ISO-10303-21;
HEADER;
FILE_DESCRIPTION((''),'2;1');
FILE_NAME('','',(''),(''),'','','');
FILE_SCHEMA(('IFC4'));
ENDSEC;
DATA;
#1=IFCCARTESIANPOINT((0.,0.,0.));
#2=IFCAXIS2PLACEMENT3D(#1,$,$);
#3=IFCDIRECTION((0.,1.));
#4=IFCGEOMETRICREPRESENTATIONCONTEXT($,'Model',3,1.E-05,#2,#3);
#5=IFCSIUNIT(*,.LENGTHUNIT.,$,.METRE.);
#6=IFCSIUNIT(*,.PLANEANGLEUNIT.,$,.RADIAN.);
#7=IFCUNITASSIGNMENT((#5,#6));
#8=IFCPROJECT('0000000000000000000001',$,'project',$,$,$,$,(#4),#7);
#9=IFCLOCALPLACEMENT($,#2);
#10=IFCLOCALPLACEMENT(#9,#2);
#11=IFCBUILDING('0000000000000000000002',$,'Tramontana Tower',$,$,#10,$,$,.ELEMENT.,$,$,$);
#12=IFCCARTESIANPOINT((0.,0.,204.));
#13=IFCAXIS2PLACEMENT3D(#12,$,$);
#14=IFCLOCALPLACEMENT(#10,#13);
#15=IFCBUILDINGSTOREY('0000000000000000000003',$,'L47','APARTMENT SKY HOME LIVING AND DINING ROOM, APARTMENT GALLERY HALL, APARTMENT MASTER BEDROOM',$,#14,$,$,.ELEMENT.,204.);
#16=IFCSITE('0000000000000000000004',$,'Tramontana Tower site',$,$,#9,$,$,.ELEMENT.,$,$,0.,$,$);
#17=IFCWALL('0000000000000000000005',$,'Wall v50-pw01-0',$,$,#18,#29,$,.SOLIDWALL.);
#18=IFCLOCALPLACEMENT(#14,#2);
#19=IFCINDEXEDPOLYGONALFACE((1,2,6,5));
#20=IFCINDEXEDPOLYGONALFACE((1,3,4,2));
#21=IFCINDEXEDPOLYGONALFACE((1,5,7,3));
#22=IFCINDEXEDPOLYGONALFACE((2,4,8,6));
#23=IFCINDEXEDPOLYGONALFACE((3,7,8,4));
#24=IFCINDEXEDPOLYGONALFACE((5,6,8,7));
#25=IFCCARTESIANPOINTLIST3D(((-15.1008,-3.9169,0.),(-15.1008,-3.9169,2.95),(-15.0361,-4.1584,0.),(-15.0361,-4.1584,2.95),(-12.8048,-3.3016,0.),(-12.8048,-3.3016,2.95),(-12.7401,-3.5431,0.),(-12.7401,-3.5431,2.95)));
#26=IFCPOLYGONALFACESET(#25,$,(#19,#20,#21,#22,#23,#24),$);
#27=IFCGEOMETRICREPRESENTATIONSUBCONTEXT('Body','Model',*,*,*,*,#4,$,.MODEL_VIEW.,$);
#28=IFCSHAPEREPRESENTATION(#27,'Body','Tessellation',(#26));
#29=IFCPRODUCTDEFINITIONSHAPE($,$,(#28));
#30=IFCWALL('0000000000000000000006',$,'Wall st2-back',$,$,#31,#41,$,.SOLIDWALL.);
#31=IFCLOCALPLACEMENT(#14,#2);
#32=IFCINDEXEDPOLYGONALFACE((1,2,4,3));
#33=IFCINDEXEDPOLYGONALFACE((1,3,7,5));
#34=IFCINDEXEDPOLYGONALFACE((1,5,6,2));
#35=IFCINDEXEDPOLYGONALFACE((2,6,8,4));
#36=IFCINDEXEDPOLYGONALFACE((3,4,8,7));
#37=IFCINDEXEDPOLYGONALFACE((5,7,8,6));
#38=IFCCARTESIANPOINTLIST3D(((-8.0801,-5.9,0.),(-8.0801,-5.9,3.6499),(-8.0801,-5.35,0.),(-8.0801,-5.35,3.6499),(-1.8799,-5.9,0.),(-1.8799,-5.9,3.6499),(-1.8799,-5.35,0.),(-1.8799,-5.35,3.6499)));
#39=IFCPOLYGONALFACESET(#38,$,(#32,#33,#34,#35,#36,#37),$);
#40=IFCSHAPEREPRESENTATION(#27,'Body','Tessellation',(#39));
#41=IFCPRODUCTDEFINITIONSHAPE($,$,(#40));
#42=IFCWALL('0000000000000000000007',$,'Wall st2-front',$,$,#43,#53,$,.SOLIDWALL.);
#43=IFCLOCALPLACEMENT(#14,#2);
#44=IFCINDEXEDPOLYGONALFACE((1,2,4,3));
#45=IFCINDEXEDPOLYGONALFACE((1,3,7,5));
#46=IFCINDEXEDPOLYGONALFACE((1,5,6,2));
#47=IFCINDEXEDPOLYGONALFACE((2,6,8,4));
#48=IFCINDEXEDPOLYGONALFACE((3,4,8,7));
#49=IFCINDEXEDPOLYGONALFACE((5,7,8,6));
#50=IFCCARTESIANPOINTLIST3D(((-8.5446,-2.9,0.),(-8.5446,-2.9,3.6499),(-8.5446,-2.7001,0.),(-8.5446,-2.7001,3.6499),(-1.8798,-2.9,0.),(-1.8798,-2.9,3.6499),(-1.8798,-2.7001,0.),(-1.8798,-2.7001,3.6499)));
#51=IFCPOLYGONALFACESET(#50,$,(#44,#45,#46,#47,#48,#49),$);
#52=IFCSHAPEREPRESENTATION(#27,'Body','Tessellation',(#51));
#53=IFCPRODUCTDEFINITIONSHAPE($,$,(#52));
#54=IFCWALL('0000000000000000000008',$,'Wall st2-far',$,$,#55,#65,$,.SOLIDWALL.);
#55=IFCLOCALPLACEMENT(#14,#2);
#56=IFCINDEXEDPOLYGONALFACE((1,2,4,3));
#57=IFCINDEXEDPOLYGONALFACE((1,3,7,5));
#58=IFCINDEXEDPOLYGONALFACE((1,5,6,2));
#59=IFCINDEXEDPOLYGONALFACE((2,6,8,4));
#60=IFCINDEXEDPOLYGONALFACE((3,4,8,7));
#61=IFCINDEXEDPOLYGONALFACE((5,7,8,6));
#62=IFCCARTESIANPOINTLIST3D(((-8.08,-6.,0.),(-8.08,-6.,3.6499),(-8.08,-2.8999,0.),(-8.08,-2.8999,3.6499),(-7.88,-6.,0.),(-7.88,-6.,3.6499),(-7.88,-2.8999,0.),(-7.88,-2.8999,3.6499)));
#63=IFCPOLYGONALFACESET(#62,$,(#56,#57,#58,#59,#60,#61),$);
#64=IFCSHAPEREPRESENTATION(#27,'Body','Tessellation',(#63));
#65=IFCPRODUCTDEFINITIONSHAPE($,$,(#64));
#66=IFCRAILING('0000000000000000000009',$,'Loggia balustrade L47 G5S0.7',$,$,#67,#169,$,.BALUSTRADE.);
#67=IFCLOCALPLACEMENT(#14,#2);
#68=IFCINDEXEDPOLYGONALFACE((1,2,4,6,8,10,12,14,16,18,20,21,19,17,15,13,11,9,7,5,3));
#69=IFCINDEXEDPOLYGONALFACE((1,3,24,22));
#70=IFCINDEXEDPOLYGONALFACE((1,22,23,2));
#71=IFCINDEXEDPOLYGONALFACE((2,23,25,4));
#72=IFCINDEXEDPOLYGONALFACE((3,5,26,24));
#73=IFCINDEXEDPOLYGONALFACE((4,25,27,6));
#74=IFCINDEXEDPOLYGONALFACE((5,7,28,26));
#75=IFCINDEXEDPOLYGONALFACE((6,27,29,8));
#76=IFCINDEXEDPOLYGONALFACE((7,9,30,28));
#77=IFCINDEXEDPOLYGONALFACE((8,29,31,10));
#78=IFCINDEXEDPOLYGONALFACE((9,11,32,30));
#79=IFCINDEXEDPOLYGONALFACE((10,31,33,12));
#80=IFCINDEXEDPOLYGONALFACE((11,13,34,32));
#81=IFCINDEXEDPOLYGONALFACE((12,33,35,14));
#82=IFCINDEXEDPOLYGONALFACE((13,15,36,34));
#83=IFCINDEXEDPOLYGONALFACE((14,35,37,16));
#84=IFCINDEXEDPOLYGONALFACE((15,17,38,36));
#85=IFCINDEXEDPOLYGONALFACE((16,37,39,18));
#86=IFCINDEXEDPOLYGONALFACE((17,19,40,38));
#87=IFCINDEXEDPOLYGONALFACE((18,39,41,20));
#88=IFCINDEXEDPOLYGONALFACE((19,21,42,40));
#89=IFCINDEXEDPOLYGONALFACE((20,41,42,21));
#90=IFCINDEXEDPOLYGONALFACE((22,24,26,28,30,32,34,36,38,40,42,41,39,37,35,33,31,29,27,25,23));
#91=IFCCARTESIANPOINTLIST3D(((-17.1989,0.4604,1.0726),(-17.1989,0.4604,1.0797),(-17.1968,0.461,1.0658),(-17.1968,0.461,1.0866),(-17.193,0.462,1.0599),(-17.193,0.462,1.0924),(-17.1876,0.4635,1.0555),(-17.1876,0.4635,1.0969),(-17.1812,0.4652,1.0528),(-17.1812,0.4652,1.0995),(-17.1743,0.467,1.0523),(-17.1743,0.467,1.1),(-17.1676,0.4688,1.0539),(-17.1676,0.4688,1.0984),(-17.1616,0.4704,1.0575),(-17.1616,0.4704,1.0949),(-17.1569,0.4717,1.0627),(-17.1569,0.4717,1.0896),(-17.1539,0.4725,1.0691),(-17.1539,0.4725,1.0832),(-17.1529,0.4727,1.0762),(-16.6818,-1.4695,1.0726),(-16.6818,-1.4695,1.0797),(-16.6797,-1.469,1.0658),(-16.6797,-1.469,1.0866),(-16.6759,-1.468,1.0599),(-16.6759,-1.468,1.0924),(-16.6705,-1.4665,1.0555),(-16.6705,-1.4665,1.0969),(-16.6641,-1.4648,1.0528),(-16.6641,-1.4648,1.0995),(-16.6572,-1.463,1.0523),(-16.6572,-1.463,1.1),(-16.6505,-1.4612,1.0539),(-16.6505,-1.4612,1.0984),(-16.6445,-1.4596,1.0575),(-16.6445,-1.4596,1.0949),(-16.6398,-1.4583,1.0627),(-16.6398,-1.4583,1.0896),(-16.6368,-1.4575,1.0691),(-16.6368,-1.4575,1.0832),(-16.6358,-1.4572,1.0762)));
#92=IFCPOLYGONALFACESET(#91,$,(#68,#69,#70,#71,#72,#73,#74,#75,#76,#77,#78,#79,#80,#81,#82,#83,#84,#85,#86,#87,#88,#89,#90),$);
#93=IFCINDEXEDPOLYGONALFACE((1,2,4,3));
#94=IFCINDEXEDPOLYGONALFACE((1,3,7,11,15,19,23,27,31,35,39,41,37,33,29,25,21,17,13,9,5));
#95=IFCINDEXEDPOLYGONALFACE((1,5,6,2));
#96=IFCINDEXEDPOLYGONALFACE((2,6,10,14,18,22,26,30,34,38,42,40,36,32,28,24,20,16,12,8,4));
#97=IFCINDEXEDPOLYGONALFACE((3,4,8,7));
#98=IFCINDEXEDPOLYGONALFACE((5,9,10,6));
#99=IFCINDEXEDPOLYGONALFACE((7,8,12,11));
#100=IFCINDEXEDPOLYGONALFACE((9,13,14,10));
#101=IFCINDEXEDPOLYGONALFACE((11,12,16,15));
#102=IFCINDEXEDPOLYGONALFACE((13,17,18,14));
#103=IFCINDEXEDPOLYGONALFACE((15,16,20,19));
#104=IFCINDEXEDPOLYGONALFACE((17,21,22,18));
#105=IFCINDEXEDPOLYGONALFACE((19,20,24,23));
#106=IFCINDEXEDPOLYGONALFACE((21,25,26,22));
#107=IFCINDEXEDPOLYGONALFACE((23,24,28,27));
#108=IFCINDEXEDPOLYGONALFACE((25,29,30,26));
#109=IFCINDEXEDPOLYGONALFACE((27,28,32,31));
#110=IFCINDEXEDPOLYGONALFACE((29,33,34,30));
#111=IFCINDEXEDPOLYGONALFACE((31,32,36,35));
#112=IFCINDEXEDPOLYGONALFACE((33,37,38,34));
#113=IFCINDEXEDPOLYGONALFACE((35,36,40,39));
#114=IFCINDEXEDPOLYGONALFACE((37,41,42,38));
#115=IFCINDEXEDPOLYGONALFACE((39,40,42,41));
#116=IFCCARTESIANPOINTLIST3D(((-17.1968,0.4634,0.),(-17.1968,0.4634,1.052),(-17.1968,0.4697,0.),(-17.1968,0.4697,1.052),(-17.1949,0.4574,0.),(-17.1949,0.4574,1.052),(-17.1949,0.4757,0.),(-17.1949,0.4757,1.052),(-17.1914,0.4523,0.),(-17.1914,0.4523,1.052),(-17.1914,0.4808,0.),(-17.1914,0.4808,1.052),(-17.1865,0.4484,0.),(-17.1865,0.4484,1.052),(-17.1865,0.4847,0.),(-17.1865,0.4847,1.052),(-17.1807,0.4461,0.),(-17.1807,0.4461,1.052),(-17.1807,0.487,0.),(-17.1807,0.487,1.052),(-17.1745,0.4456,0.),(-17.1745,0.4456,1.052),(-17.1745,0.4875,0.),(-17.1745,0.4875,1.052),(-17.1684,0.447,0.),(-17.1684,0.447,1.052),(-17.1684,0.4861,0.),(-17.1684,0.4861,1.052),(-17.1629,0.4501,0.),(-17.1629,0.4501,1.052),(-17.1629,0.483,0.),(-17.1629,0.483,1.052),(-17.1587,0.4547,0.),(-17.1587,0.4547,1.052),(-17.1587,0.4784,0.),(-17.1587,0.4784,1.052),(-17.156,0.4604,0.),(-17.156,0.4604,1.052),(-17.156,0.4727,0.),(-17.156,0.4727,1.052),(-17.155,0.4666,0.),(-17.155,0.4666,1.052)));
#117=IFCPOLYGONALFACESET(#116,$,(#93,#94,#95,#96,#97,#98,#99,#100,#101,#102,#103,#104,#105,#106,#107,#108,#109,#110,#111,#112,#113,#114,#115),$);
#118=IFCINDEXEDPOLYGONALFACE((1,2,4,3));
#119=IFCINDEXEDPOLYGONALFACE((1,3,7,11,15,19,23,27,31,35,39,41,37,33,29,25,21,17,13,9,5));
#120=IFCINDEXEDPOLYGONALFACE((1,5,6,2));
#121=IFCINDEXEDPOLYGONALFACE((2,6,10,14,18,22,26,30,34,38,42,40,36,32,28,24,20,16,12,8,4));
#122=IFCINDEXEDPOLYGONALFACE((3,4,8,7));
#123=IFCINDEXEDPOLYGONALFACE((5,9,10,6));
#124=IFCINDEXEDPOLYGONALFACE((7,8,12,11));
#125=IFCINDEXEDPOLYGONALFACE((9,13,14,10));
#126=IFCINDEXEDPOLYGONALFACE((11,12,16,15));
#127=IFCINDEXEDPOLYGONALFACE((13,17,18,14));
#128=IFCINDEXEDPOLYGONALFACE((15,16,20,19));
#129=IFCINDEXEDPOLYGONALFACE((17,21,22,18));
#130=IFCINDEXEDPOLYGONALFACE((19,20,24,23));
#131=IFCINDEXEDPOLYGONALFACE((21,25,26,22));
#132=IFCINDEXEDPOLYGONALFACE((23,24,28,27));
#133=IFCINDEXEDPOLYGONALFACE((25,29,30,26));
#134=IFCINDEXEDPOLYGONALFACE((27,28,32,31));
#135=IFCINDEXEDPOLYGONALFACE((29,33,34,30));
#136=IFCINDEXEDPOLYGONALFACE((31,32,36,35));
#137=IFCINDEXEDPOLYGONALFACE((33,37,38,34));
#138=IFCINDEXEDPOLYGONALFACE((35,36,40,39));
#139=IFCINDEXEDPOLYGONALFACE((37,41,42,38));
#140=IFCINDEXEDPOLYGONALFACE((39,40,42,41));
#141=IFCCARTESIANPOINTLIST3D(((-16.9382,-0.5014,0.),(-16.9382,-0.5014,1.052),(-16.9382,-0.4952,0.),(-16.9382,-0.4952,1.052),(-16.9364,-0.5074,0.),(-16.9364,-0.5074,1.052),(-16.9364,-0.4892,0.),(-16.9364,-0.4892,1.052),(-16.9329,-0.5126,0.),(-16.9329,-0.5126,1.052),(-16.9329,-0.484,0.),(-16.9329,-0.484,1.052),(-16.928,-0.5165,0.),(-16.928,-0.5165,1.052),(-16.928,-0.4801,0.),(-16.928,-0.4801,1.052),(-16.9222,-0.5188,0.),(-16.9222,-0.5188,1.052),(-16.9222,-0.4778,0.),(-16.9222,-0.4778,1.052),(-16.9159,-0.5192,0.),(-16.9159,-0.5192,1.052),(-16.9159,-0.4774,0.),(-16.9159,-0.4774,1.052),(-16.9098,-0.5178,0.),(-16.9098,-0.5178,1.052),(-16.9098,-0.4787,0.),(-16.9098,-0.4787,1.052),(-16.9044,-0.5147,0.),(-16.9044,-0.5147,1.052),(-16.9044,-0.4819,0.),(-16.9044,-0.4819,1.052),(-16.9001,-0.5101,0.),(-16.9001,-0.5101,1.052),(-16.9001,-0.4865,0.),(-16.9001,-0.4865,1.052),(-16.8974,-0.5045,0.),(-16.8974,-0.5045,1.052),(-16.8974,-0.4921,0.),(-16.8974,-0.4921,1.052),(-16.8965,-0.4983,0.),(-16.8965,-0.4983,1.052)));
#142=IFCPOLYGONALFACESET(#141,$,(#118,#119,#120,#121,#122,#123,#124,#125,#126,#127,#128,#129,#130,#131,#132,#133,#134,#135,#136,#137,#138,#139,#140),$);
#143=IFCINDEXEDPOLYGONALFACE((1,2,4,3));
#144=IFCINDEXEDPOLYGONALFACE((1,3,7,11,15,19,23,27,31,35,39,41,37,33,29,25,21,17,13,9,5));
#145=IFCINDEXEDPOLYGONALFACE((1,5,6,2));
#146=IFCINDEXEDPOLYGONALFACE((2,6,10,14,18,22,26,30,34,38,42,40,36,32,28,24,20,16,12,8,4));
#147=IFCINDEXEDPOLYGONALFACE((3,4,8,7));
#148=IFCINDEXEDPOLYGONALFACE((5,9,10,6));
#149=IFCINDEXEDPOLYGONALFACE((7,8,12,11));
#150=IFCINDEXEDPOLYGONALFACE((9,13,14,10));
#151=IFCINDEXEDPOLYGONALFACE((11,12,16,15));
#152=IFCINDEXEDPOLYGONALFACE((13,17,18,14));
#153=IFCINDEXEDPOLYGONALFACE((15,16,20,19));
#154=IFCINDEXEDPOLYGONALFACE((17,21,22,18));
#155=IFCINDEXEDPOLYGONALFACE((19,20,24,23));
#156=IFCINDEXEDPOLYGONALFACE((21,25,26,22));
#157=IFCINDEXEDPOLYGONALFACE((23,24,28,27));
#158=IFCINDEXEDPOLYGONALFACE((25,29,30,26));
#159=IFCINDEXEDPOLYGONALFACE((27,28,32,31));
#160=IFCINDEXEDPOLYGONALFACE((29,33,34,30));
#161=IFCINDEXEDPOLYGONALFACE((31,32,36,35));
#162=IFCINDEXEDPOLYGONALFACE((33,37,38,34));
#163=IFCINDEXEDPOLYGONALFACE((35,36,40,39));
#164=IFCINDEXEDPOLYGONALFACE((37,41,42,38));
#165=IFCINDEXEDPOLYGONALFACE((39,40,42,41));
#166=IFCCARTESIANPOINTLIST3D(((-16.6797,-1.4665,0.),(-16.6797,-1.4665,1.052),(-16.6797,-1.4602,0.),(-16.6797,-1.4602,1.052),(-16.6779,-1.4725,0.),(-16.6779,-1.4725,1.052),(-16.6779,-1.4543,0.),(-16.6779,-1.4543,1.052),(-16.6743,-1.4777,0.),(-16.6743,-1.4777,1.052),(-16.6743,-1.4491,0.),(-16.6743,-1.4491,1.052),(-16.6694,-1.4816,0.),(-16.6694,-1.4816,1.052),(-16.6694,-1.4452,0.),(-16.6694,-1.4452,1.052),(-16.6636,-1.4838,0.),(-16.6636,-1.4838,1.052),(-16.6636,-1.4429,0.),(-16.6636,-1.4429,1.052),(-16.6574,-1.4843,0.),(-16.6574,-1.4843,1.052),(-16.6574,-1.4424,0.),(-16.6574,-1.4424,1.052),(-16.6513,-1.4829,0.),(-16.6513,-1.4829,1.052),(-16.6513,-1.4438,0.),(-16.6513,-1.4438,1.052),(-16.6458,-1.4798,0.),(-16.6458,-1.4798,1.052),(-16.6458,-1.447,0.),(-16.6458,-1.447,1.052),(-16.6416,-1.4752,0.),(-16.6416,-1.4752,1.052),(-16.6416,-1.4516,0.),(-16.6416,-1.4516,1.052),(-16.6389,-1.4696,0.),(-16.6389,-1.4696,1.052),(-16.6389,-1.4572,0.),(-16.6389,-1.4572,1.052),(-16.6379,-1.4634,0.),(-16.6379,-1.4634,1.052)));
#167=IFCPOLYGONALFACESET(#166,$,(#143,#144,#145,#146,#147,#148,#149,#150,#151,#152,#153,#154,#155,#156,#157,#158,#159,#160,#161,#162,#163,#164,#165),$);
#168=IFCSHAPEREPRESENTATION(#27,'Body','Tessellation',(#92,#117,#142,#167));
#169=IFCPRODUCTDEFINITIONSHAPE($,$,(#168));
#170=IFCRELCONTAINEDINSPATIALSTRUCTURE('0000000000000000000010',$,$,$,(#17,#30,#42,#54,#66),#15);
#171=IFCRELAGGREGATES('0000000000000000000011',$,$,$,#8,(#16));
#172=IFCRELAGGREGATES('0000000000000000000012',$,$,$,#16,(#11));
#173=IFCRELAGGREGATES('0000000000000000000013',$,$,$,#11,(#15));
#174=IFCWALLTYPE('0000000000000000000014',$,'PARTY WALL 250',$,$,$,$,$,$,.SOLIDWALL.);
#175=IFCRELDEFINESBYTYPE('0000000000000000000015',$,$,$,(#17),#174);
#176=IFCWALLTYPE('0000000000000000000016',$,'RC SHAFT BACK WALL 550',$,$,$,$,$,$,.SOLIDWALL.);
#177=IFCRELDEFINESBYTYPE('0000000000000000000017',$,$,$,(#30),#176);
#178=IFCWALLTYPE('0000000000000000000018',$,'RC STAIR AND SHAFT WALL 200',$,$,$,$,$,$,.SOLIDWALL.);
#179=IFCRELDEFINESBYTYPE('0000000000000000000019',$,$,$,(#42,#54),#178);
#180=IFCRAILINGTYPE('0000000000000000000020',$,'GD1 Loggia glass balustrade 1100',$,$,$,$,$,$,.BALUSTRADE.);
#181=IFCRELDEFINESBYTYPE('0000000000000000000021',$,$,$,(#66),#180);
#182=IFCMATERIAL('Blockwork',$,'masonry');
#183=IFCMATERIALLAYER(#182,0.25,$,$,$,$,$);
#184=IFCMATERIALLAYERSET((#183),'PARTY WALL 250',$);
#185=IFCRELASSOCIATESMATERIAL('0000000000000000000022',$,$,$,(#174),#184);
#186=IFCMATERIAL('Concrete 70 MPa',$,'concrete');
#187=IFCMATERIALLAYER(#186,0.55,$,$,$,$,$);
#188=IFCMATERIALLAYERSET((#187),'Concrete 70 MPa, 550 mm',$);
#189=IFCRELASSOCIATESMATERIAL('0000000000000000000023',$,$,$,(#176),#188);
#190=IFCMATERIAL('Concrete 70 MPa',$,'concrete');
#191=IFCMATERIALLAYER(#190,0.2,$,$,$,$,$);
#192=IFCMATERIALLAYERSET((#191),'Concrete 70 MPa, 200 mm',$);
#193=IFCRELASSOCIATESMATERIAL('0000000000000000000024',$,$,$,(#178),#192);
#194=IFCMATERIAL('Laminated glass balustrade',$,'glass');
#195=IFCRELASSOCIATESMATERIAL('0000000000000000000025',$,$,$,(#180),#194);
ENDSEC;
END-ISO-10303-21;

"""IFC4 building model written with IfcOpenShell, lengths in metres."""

from ifc_helpers import new_model, si_unit, direction, frame, frame_2d, origin, origin_2d, place, context, subcontext, project, spatial, rectangle, circle, extrude, material, layer, layer_set, type_object, element, save


model = new_model("IFC4")

# Units and contexts
model_context = context("Model", 3, precision=1e-05, world=origin(), true_north=direction((0.0, 1.0)))
body_context = subcontext(model_context, "Body", "Model", "MODEL_VIEW")
ifc_project = project(units=[si_unit("LENGTHUNIT", "METRE"), si_unit("PLANEANGLEUNIT", "RADIAN")], contexts=[model_context])

# Site, building, storey
site_placement = place(None, origin())
site = spatial("IfcSite", under=ifc_project, at=site_placement, Name="Tramontana Tower site", CompositionType="ELEMENT", RefElevation=0.0)
building_placement = place(site_placement, origin())
building = spatial("IfcBuilding", under=site, at=building_placement, Name="Tramontana Tower", CompositionType="ELEMENT")
storey_placement = place(building_placement, frame((0.0, 0.0, 204.0)))
storey = spatial("IfcBuildingStorey", under=building, at=storey_placement, Name="L47", Description="APARTMENT SKY HOME LIVING AND DINING ROOM, APARTMENT GALLERY HALL, APARTMENT MASTER BEDROOM", CompositionType="ELEMENT", Elevation=204.0)

# Walls
ifc_material_1 = material(Name="Blockwork", Category="masonry")
ifc_layer_1 = layer(ifc_material_1, 0.25)
ifc_layer_set_1 = layer_set([ifc_layer_1], Name="PARTY WALL 250")
wall_type_1 = type_object("IfcWallType", Name="PARTY WALL 250", PredefinedType="SOLIDWALL", material=ifc_layer_set_1)
wall_1_placement = place(storey_placement, frame((-12.7725, -3.4224, 0.0), z_axis=(0.0, 0.0, 1.0), x_axis=(-0.965921, -0.258839, 0.0)))
element("IfcWall", 1, at=wall_1_placement, inside=storey, type_object=wall_type_1, Name="Wall v50-pw01-0", PredefinedType="SOLIDWALL", context=body_context, shape_type="SweptSolid", body=[
    extrude(rectangle(XDim=2.377, YDim=0.25, at=frame_2d((1.1885, 0.0))), origin(), (0.0, 0.0, 1.0), 2.95),
])
ifc_material_2 = material(Name="Concrete 70 MPa", Category="concrete")
ifc_layer_2 = layer(ifc_material_2, 0.55)
ifc_layer_set_2 = layer_set([ifc_layer_2], Name="Concrete 70 MPa, 550 mm")
wall_type_2 = type_object("IfcWallType", Name="RC SHAFT BACK WALL 550", PredefinedType="SOLIDWALL", material=ifc_layer_set_2)
wall_2_placement = place(storey_placement, frame((-8.0801, -5.625, 0.0), z_axis=(0.0, 0.0, 1.0), x_axis=(1.0, 0.0, 0.0)))
element("IfcWall", 2, at=wall_2_placement, inside=storey, type_object=wall_type_2, Name="Wall st2-back", PredefinedType="SOLIDWALL", context=body_context, shape_type="SweptSolid", body=[
    extrude(rectangle(XDim=6.2002, YDim=0.55, at=frame_2d((3.1001, 0.0))), origin(), (0.0, 0.0, 1.0), 3.6499),
])
ifc_material_3 = material(Name="Concrete 70 MPa", Category="concrete")
ifc_layer_3 = layer(ifc_material_3, 0.2)
ifc_layer_set_3 = layer_set([ifc_layer_3], Name="Concrete 70 MPa, 200 mm")
wall_type_3 = type_object("IfcWallType", Name="RC STAIR AND SHAFT WALL 200", PredefinedType="SOLIDWALL", material=ifc_layer_set_3)
wall_3_placement = place(storey_placement, frame((-8.5447, -2.8, 0.0), z_axis=(0.0, 0.0, 1.0), x_axis=(1.0, 0.0, 0.0)))
element("IfcWall", 3, at=wall_3_placement, inside=storey, type_object=wall_type_3, Name="Wall st2-front", PredefinedType="SOLIDWALL", context=body_context, shape_type="SweptSolid", body=[
    extrude(rectangle(XDim=6.6648, YDim=0.2, at=frame_2d((3.3325, 0.0))), origin(), (0.0, 0.0, 1.0), 3.6499),
])
wall_4_placement = place(storey_placement, frame((-7.98, -2.8999, 0.0), z_axis=(0.0, 0.0, 1.0), x_axis=(0.0, -1.0, 0.0)))
element("IfcWall", 4, at=wall_4_placement, inside=storey, type_object=wall_type_3, Name="Wall st2-far", PredefinedType="SOLIDWALL", context=body_context, shape_type="SweptSolid", body=[
    extrude(rectangle(XDim=3.1001, YDim=0.2, at=frame_2d((1.55, 0.0))), origin(), (0.0, 0.0, 1.0), 3.6499),
])

# Railing
ifc_material_4 = material(Name="Laminated glass balustrade", Category="glass")
railing_type = type_object("IfcRailingType", Name="GD1 Loggia glass balustrade 1100", PredefinedType="BALUSTRADE", material=ifc_material_4)
railing_placement = place(storey_placement, frame((-17.176, 0.4666, 0.0)))
element("IfcRailing", 5, at=railing_placement, inside=storey, type_object=railing_type, Name="Loggia balustrade L47 G5S0.7", PredefinedType="BALUSTRADE", context=body_context, shape_type="SweptSolid", body=[
    extrude(circle(Radius=0.0239, at=origin_2d()), frame((0.0, 0.0, 1.0762), z_axis=(0.258803, -0.96593, 0.0), x_axis=(0.96593, 0.258803, 0.0)), (0.0, 0.0, 1.0), 1.998),
    extrude(circle(Radius=0.021, at=origin_2d()), origin(), (0.0, 0.0, 1.0), 1.052),
    extrude(circle(Radius=0.021, at=origin_2d()), frame((0.2585, -0.9648, 0.0)), (0.0, 0.0, 1.0), 1.052),
    extrude(circle(Radius=0.021, at=origin_2d()), frame((0.5171, -1.9299, 0.0)), (0.0, 0.0, 1.0), 1.052),
])

save(model, "model.ifc")
